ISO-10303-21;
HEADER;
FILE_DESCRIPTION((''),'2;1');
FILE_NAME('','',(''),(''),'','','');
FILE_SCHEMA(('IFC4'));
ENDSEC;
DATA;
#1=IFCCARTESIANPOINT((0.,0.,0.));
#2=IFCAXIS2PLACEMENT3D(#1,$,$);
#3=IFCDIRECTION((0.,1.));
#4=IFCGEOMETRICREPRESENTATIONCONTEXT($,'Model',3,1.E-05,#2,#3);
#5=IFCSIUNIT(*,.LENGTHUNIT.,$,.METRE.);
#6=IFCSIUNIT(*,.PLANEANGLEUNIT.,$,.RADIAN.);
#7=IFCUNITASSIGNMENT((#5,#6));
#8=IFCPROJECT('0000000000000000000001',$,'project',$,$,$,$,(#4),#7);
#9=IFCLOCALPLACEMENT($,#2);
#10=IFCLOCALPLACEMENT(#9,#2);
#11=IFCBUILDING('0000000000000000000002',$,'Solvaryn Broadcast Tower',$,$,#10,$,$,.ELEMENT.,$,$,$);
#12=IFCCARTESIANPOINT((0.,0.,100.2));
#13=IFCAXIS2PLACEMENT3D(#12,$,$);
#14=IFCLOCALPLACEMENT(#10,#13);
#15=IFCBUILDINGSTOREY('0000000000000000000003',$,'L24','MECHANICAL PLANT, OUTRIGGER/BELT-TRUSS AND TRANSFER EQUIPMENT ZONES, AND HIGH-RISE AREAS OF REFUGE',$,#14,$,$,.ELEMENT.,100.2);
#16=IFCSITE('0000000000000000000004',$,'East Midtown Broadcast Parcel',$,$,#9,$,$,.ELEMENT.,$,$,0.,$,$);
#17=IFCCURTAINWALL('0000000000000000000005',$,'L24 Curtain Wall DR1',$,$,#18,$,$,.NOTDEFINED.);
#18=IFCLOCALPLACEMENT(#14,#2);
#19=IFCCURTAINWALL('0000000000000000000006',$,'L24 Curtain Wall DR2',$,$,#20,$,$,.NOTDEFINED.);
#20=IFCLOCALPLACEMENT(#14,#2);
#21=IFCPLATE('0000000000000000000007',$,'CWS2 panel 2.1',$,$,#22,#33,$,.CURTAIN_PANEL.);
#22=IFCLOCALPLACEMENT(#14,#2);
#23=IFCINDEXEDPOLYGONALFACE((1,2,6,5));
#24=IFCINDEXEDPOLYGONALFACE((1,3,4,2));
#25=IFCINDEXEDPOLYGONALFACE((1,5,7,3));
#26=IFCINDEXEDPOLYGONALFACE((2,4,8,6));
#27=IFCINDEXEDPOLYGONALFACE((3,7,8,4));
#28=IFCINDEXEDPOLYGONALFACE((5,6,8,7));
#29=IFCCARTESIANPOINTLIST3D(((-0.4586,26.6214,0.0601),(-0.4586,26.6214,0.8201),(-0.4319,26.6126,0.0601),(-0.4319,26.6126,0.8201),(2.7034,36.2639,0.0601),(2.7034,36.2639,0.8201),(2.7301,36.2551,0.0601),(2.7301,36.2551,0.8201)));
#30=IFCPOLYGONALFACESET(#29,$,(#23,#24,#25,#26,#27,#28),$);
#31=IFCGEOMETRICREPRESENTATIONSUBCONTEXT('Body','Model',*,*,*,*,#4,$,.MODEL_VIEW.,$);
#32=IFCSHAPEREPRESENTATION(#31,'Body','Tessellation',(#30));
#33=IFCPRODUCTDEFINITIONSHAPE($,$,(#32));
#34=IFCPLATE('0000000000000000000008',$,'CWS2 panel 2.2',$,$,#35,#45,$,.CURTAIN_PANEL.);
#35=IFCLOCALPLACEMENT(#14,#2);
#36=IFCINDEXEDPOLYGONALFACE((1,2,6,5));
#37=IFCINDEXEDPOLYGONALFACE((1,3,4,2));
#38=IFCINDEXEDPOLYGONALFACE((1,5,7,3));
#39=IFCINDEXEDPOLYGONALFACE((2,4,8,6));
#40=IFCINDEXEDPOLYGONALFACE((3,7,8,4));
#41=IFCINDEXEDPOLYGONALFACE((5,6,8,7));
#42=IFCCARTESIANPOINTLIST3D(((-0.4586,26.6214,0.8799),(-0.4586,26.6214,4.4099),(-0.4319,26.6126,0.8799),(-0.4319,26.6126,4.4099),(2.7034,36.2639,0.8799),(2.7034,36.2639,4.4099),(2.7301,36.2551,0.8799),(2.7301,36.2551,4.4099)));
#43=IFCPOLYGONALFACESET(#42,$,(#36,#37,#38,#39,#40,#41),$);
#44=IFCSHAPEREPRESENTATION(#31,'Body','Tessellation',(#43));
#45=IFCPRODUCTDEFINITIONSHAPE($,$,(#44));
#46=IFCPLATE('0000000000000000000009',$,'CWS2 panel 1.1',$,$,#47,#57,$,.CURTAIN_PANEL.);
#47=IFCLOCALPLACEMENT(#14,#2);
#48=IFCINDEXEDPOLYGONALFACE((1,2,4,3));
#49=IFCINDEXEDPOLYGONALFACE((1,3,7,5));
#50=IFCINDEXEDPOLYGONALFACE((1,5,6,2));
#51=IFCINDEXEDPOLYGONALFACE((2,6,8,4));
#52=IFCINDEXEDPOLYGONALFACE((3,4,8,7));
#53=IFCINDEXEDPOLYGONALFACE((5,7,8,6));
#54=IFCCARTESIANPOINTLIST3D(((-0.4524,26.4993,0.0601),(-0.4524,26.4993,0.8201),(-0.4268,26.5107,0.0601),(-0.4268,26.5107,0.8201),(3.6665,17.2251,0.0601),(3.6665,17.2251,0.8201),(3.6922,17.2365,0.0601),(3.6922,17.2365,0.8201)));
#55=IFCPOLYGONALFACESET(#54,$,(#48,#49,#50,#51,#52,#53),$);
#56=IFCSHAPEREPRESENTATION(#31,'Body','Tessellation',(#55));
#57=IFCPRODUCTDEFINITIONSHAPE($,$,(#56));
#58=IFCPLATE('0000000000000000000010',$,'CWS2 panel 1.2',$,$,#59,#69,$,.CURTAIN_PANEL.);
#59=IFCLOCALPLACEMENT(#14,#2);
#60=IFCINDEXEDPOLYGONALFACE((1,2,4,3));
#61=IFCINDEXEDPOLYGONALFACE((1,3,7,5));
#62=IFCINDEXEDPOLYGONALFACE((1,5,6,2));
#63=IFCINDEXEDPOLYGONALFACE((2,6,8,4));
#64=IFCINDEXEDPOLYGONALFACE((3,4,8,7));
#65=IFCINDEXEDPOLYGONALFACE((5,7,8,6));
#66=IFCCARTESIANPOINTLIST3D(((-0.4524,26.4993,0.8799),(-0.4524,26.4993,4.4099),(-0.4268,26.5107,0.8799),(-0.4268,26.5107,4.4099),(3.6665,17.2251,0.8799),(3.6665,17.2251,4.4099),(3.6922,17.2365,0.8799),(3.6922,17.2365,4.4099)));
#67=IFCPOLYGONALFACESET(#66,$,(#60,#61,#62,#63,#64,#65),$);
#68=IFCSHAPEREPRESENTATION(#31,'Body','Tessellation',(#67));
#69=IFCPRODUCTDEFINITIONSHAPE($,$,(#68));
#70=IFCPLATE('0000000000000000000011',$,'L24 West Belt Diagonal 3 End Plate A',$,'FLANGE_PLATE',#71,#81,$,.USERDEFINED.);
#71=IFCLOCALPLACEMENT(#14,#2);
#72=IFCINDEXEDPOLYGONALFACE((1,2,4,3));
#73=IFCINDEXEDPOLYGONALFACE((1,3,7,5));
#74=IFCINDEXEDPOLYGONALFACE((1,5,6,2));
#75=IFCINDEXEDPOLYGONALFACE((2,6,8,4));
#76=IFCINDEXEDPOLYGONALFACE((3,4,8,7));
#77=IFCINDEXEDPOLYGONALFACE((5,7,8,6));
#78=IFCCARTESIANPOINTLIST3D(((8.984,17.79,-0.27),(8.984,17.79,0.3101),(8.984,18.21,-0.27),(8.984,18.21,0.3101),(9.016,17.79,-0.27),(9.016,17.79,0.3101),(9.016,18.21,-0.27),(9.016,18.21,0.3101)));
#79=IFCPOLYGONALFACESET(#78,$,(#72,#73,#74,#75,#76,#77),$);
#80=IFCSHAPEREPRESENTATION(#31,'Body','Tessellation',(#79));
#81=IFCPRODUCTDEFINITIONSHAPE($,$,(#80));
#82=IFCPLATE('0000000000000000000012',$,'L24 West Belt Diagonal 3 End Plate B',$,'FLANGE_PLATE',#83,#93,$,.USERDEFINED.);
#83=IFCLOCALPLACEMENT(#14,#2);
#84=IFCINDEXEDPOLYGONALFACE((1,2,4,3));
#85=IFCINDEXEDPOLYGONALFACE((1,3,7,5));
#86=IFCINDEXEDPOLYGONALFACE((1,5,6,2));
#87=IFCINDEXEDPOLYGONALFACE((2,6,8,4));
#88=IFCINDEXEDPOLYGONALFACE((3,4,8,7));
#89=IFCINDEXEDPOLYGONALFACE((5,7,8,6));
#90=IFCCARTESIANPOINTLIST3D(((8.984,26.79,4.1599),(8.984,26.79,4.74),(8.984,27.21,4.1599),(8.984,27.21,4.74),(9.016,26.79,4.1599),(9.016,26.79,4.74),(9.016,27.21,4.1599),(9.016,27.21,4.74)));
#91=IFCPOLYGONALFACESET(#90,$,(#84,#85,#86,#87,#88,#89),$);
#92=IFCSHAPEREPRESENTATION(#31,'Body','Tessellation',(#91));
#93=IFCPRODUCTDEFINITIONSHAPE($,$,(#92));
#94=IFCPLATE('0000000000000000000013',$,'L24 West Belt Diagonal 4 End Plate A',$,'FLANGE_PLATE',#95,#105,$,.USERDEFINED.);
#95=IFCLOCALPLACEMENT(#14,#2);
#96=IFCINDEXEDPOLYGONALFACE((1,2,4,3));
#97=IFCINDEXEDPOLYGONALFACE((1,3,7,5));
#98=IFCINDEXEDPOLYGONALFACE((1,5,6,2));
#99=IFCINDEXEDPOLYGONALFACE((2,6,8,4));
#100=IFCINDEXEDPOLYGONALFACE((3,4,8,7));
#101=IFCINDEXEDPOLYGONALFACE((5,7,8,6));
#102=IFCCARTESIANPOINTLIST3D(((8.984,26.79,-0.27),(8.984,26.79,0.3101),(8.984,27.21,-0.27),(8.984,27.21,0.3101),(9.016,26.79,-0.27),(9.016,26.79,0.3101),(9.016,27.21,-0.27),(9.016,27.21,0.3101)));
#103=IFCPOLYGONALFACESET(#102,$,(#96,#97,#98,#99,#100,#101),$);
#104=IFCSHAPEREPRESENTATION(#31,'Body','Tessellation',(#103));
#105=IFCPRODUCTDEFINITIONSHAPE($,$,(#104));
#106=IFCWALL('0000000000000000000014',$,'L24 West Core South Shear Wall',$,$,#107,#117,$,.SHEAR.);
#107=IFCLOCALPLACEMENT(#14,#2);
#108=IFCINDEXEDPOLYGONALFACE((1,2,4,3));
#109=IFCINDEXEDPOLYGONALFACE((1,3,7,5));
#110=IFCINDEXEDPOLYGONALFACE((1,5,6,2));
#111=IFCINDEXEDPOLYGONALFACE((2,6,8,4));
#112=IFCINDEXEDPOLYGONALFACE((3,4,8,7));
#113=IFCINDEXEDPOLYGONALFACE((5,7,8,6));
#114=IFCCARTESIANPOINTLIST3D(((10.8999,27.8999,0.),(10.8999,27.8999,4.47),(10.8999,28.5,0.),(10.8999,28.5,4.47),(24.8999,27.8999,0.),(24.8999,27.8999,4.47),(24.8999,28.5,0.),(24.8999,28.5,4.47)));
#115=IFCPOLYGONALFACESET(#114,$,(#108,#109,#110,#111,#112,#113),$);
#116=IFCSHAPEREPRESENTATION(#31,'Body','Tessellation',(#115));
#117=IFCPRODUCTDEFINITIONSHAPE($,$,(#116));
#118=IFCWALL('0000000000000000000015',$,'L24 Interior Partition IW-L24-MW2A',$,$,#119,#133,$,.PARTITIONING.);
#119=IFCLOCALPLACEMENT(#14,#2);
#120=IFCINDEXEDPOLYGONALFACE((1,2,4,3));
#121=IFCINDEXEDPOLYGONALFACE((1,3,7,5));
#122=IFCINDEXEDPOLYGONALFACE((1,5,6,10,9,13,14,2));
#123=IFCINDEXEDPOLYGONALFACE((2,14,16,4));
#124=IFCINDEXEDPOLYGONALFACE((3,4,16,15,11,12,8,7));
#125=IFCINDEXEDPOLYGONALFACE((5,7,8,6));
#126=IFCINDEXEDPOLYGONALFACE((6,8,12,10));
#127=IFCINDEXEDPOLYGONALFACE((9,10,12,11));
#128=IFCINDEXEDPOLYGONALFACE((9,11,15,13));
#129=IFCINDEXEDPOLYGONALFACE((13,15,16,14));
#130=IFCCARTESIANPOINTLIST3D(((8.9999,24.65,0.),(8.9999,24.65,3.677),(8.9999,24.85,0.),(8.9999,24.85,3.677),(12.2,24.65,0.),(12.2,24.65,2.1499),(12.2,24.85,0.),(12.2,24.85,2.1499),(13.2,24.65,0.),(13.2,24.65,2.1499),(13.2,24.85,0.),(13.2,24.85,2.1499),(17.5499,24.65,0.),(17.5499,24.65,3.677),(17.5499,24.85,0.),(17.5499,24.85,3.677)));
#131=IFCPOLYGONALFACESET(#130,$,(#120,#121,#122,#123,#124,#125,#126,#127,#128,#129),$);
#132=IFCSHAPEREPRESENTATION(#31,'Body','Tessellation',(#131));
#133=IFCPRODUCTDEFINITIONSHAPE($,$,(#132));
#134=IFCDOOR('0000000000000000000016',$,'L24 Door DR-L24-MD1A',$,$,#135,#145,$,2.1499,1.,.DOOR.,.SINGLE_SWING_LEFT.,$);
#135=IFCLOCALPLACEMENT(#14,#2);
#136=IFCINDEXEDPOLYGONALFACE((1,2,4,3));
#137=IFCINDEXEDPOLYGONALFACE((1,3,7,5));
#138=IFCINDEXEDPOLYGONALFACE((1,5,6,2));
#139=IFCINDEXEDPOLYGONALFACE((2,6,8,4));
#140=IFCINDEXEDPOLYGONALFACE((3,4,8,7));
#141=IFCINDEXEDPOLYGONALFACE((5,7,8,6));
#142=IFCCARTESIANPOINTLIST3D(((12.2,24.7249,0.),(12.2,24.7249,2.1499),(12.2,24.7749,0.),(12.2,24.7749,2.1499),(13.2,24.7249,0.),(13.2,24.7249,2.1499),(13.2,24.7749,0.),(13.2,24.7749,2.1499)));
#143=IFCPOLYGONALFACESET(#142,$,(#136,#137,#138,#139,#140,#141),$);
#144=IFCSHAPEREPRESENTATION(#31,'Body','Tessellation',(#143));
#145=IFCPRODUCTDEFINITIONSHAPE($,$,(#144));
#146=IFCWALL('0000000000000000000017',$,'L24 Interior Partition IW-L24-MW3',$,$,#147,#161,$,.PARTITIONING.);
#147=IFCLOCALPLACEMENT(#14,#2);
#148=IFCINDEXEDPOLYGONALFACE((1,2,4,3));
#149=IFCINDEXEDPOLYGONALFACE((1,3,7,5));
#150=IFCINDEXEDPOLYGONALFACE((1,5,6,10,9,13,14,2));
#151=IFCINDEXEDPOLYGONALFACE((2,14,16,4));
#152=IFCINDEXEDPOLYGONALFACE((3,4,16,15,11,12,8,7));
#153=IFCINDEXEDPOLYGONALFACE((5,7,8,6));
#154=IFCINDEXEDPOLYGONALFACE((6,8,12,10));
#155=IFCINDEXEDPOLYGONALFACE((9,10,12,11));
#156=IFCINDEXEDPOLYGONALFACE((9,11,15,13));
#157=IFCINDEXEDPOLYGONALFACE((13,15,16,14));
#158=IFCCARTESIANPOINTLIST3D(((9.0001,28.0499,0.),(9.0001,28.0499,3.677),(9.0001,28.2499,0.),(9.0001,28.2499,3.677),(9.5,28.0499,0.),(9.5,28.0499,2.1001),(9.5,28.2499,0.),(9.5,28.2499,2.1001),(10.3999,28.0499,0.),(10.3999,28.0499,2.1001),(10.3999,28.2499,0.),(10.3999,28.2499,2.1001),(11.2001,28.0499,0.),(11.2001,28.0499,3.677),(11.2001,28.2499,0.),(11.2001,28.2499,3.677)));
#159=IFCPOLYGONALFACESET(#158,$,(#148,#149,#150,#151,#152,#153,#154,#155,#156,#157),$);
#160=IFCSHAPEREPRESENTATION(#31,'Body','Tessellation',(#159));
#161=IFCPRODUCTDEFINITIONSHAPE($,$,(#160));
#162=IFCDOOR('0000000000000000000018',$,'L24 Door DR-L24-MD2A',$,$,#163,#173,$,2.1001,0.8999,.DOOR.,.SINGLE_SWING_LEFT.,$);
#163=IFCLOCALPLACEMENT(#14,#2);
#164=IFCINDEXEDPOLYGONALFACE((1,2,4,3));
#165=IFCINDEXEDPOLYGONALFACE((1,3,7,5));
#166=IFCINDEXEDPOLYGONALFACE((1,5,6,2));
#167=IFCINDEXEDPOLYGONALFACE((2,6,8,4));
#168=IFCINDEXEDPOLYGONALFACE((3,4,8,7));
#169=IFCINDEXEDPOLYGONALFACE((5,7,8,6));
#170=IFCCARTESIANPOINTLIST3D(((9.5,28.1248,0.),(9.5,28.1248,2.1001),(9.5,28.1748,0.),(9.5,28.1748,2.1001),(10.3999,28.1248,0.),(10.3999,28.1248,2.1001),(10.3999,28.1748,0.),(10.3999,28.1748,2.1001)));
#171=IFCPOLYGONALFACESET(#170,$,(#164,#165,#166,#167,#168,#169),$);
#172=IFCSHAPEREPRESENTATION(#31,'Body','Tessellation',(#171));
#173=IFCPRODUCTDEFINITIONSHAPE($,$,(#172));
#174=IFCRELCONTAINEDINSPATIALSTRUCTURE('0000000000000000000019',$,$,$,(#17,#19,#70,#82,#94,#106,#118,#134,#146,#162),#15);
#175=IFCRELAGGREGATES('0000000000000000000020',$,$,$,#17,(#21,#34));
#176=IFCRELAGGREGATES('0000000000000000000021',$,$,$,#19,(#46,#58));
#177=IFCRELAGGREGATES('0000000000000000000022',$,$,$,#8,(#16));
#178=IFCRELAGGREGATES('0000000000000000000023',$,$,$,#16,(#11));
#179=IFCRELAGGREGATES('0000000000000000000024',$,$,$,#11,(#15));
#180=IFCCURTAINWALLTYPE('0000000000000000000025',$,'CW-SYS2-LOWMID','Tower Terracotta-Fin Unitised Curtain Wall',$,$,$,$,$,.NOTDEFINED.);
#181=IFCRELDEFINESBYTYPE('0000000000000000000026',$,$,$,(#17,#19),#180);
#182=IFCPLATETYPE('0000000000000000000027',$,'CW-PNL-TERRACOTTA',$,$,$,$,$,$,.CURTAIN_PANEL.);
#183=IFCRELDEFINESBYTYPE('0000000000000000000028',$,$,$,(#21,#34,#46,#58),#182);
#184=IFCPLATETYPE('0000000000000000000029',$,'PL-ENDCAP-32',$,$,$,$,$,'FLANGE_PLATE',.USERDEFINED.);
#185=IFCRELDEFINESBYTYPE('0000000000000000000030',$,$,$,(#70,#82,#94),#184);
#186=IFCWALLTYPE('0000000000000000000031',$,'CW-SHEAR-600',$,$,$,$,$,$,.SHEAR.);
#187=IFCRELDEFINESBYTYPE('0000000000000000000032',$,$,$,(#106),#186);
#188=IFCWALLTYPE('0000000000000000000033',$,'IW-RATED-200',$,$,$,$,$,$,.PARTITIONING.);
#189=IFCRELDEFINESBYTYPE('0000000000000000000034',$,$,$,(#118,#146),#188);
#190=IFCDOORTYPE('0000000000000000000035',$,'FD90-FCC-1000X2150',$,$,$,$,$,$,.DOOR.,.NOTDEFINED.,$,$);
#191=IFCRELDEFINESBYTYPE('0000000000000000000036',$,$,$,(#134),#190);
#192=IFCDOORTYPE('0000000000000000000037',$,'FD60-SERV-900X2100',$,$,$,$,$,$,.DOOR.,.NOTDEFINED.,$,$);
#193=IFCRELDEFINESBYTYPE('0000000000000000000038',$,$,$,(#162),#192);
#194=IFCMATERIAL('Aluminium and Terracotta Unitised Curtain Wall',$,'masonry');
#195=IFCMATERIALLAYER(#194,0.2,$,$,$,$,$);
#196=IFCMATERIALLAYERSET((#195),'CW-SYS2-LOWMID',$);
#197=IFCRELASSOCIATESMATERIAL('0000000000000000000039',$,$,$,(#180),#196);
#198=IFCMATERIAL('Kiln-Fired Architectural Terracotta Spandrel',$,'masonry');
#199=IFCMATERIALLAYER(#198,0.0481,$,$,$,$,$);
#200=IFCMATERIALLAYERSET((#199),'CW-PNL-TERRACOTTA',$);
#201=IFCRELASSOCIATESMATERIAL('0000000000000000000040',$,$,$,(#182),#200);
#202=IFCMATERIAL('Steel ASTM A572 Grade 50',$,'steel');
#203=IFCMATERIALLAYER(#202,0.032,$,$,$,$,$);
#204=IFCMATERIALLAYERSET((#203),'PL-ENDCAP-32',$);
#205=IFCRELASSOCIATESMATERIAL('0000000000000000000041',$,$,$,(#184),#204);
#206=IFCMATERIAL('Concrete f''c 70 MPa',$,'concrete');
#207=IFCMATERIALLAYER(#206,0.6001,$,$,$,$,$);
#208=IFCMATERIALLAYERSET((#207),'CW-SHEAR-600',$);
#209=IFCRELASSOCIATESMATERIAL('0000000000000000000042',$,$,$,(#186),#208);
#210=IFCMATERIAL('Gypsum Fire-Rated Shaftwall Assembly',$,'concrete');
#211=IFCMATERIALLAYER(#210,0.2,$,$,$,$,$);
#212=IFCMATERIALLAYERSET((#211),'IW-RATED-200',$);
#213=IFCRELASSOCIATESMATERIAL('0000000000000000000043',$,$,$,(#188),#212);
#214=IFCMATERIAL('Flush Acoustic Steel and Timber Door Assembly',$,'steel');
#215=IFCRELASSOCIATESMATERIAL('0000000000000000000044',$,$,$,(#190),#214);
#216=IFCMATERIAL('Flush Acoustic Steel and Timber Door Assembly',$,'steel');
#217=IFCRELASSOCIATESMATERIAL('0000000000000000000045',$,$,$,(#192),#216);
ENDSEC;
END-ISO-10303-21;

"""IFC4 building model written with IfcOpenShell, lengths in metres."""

from ifc_helpers import new_model, si_unit, direction, frame, frame_2d, origin, origin_2d, place, context, subcontext, project, spatial, rectangle, extrude, material, layer, layer_set, type_object, element, fill, aggregate, save


model = new_model("IFC4")

# Units and contexts
model_context = context("Model", 3, precision=1e-05, world=origin(), true_north=direction((0.0, 1.0)))
body_context = subcontext(model_context, "Body", "Model", "MODEL_VIEW")
ifc_project = project(units=[si_unit("LENGTHUNIT", "METRE"), si_unit("PLANEANGLEUNIT", "RADIAN")], contexts=[model_context])

# Site, building, storey
site_placement = place(None, origin())
site = spatial("IfcSite", under=ifc_project, at=site_placement, Name="East Midtown Broadcast Parcel", CompositionType="ELEMENT", RefElevation=0.0)
building_placement = place(site_placement, origin())
building = spatial("IfcBuilding", under=site, at=building_placement, Name="Solvaryn Broadcast Tower", CompositionType="ELEMENT")
storey_placement = place(building_placement, frame((0.0, 0.0, 100.2)))
storey = spatial("IfcBuildingStorey", under=building, at=storey_placement, Name="L24", Description="MECHANICAL PLANT, OUTRIGGER/BELT-TRUSS AND TRANSFER EQUIPMENT ZONES, AND HIGH-RISE AREAS OF REFUGE", CompositionType="ELEMENT", Elevation=100.2)

# Curtain wall
ifc_material_1 = material(Name="Aluminium and Terracotta Unitised Curtain Wall", Category="masonry")
ifc_layer_1 = layer(ifc_material_1, 0.2)
ifc_layer_set_1 = layer_set([ifc_layer_1], Name="CW-SYS2-LOWMID")
curtain_wall_type = type_object("IfcCurtainWallType", Name="CW-SYS2-LOWMID", Description="Tower Terracotta-Fin Unitised Curtain Wall", PredefinedType="NOTDEFINED", material=ifc_layer_set_1)
curtain_wall_1_placement = place(storey_placement, origin())
curtain_wall_1 = element("IfcCurtainWall", 1, at=curtain_wall_1_placement, inside=storey, type_object=curtain_wall_type, Name="L24 Curtain Wall DR1", PredefinedType="NOTDEFINED")

# Curtain wall
curtain_wall_2_placement = place(storey_placement, origin())
curtain_wall_2 = element("IfcCurtainWall", 2, at=curtain_wall_2_placement, inside=storey, type_object=curtain_wall_type, Name="L24 Curtain Wall DR2", PredefinedType="NOTDEFINED")

# Plates
ifc_material_2 = material(Name="Kiln-Fired Architectural Terracotta Spandrel", Category="masonry")
ifc_layer_2 = layer(ifc_material_2, 0.0481)
ifc_layer_set_2 = layer_set([ifc_layer_2], Name="CW-PNL-TERRACOTTA")
plate_type_1 = type_object("IfcPlateType", Name="CW-PNL-TERRACOTTA", PredefinedType="CURTAIN_PANEL", material=ifc_layer_set_2)
plate_1_placement = place(storey_placement, frame((1.1357, 31.4382, 0.0601), z_axis=(0.0, 0.0, 1.0), x_axis=(-0.311594, -0.950215, 0.0)))
plate_1 = element("IfcPlate", 3, at=plate_1_placement, type_object=plate_type_1, Name="CWS2 panel 2.1", PredefinedType="CURTAIN_PANEL", context=body_context, shape_type="SweptSolid", body=[
    extrude(rectangle(XDim=10.1477, YDim=0.0281, at=origin_2d()), origin(), (0.0, 0.0, 1.0), 0.76),
])
plate_2_placement = place(storey_placement, frame((1.1357, 31.4382, 0.8799), z_axis=(0.0, 0.0, 1.0), x_axis=(-0.311594, -0.950215, 0.0)))
plate_2 = element("IfcPlate", 4, at=plate_2_placement, type_object=plate_type_1, Name="CWS2 panel 2.2", PredefinedType="CURTAIN_PANEL", context=body_context, shape_type="SweptSolid", body=[
    extrude(rectangle(XDim=10.1477, YDim=0.0281, at=origin_2d()), origin(), (0.0, 0.0, 1.0), 3.53),
])
aggregate(curtain_wall_1, [plate_1, plate_2])
plate_3_placement = place(storey_placement, frame((1.6199, 21.8679, 0.0601), z_axis=(0.0, 0.0, 1.0), x_axis=(0.405898, -0.913918, 0.0)))
plate_3 = element("IfcPlate", 5, at=plate_3_placement, type_object=plate_type_1, Name="CWS2 panel 1.1", PredefinedType="CURTAIN_PANEL", context=body_context, shape_type="SweptSolid", body=[
    extrude(rectangle(XDim=10.1477, YDim=0.0281, at=origin_2d()), origin(), (0.0, 0.0, 1.0), 0.76),
])
plate_4_placement = place(storey_placement, frame((1.6199, 21.8679, 0.8799), z_axis=(0.0, 0.0, 1.0), x_axis=(0.405898, -0.913918, 0.0)))
plate_4 = element("IfcPlate", 6, at=plate_4_placement, type_object=plate_type_1, Name="CWS2 panel 1.2", PredefinedType="CURTAIN_PANEL", context=body_context, shape_type="SweptSolid", body=[
    extrude(rectangle(XDim=10.1477, YDim=0.0281, at=origin_2d()), origin(), (0.0, 0.0, 1.0), 3.53),
])
aggregate(curtain_wall_2, [plate_3, plate_4])

# Plates
ifc_material_3 = material(Name="Steel ASTM A572 Grade 50", Category="steel")
ifc_layer_3 = layer(ifc_material_3, 0.032)
ifc_layer_set_3 = layer_set([ifc_layer_3], Name="PL-ENDCAP-32")
plate_type_2 = type_object("IfcPlateType", Name="PL-ENDCAP-32", ElementType="FLANGE_PLATE", PredefinedType="USERDEFINED", material=ifc_layer_set_3)
for number, where, z_axis, x_axis, name in (
    (7, (9.0, 18.0, -0.27), (0.0, 0.0, 1.0), (1.0, 0.0, 0.0), "L24 West Belt Diagonal 3 End Plate A"),
    (8, (9.0, 27.0, 4.1599), (0.0, 0.0, 1.0), (1.0, 0.0, 0.0), "L24 West Belt Diagonal 3 End Plate B"),
    (9, (9.0, 27.0, -0.27), (0.0, 0.0, 1.0), (1.0, 0.0, 0.0), "L24 West Belt Diagonal 4 End Plate A"),
):
    element("IfcPlate", number, at=place(storey_placement, frame(where, z_axis=z_axis, x_axis=x_axis)), inside=storey, type_object=plate_type_2, Name=name, ObjectType="FLANGE_PLATE", PredefinedType="USERDEFINED", context=body_context, shape_type="SweptSolid", body=[
        extrude(rectangle(XDim=0.032, YDim=0.4199, at=origin_2d()), origin(), (0.0, 0.0, 1.0), 0.5801),
    ])

# Wall
ifc_material_4 = material(Name="Concrete f'c 70 MPa", Category="concrete")
ifc_layer_4 = layer(ifc_material_4, 0.6001)
ifc_layer_set_4 = layer_set([ifc_layer_4], Name="CW-SHEAR-600")
wall_type_1 = type_object("IfcWallType", Name="CW-SHEAR-600", PredefinedType="SHEAR", material=ifc_layer_set_4)
wall_1_placement = place(storey_placement, frame((10.8999, 28.2, 0.0), z_axis=(0.0, 0.0, 1.0), x_axis=(1.0, 0.0, 0.0)))
element("IfcWall", 10, at=wall_1_placement, inside=storey, type_object=wall_type_1, Name="L24 West Core South Shear Wall", PredefinedType="SHEAR", context=body_context, shape_type="SweptSolid", body=[
    extrude(rectangle(XDim=14.0, YDim=0.6001, at=frame_2d((7.0, 0.0))), origin(), (0.0, 0.0, 1.0), 4.47),
])

# Walls, openings, doors
ifc_material_5 = material(Name="Gypsum Fire-Rated Shaftwall Assembly", Category="concrete")
ifc_layer_5 = layer(ifc_material_5, 0.2)
ifc_layer_set_5 = layer_set([ifc_layer_5], Name="IW-RATED-200")
wall_type_2 = type_object("IfcWallType", Name="IW-RATED-200", PredefinedType="PARTITIONING", material=ifc_layer_set_5)
wall_2_placement = place(storey_placement, frame((9.0, 24.75, 0.0), z_axis=(0.0, 0.0, 1.0), x_axis=(1.0, 0.0, 0.0)))
wall_2 = element("IfcWall", 11, at=wall_2_placement, inside=storey, type_object=wall_type_2, Name="L24 Interior Partition IW-L24-MW2A", PredefinedType="PARTITIONING", context=body_context, shape_type="SweptSolid", body=[
    extrude(rectangle(XDim=8.55, YDim=0.2, at=frame_2d((4.2749, 0.0))), origin(), (0.0, 0.0, 1.0), 3.677),
])
opening_1_placement = place(wall_2_placement, frame((3.2, 0.0, 0.0)))
opening_1 = element("IfcOpeningElement", 12, at=opening_1_placement, cuts=wall_2, PredefinedType="OPENING", context=body_context, shape_type="SweptSolid", body=[
    extrude(rectangle(XDim=1.0, YDim=2.1499, at=frame_2d((0.5, 1.075))), frame((0.0, 0.1101, 0.0), z_axis=(0.0, -1.0, 0.0), x_axis=(1.0, 0.0, 0.0)), (0.0, 0.0, 1.0), 0.22),
])
ifc_material_6 = material(Name="Flush Acoustic Steel and Timber Door Assembly", Category="steel")
door_type_1 = type_object("IfcDoorType", Name="FD90-FCC-1000X2150", OperationType="NOTDEFINED", PredefinedType="DOOR", material=ifc_material_6)
door_1_placement = place(opening_1_placement, origin())
door_1 = element("IfcDoor", 13, at=door_1_placement, inside=storey, type_object=door_type_1, Name="L24 Door DR-L24-MD1A", OperationType="SINGLE_SWING_LEFT", OverallHeight=2.1499, OverallWidth=1.0, PredefinedType="DOOR", context=body_context, shape_type="SweptSolid", body=[
    extrude(rectangle(XDim=1.0, YDim=2.1499, at=frame_2d((0.5, 1.075))), frame((0.0, 0.0249, 0.0), z_axis=(0.0, -1.0, 0.0), x_axis=(1.0, 0.0, 0.0)), (0.0, 0.0, 1.0), 0.05),
])
fill(opening_1, door_1)
wall_3_placement = place(storey_placement, frame((9.0, 28.1499, 0.0), z_axis=(0.0, 0.0, 1.0), x_axis=(1.0, 0.0, 0.0)))
wall_3 = element("IfcWall", 14, at=wall_3_placement, inside=storey, type_object=wall_type_2, Name="L24 Interior Partition IW-L24-MW3", PredefinedType="PARTITIONING", context=body_context, shape_type="SweptSolid", body=[
    extrude(rectangle(XDim=2.2, YDim=0.2, at=frame_2d((1.1001, 0.0))), origin(), (0.0, 0.0, 1.0), 3.677),
])
opening_2_placement = place(wall_3_placement, frame((0.5, 0.0, 0.0)))
opening_2 = element("IfcOpeningElement", 15, at=opening_2_placement, cuts=wall_3, PredefinedType="OPENING", context=body_context, shape_type="SweptSolid", body=[
    extrude(rectangle(XDim=0.8999, YDim=2.1001, at=frame_2d((0.45, 1.05))), frame((0.0, 0.1101, 0.0), z_axis=(0.0, -1.0, 0.0), x_axis=(1.0, 0.0, 0.0)), (0.0, 0.0, 1.0), 0.22),
])
ifc_material_7 = material(Name="Flush Acoustic Steel and Timber Door Assembly", Category="steel")
door_type_2 = type_object("IfcDoorType", Name="FD60-SERV-900X2100", OperationType="NOTDEFINED", PredefinedType="DOOR", material=ifc_material_7)
door_2_placement = place(opening_2_placement, origin())
door_2 = element("IfcDoor", 16, at=door_2_placement, inside=storey, type_object=door_type_2, Name="L24 Door DR-L24-MD2A", OperationType="SINGLE_SWING_LEFT", OverallHeight=2.1001, OverallWidth=0.8999, PredefinedType="DOOR", context=body_context, shape_type="SweptSolid", body=[
    extrude(rectangle(XDim=0.8999, YDim=2.1001, at=frame_2d((0.45, 1.05))), frame((0.0, 0.0249, 0.0), z_axis=(0.0, -1.0, 0.0), x_axis=(1.0, 0.0, 0.0)), (0.0, 0.0, 1.0), 0.05),
])
fill(opening_2, door_2)

save(model, "model.ifc")
